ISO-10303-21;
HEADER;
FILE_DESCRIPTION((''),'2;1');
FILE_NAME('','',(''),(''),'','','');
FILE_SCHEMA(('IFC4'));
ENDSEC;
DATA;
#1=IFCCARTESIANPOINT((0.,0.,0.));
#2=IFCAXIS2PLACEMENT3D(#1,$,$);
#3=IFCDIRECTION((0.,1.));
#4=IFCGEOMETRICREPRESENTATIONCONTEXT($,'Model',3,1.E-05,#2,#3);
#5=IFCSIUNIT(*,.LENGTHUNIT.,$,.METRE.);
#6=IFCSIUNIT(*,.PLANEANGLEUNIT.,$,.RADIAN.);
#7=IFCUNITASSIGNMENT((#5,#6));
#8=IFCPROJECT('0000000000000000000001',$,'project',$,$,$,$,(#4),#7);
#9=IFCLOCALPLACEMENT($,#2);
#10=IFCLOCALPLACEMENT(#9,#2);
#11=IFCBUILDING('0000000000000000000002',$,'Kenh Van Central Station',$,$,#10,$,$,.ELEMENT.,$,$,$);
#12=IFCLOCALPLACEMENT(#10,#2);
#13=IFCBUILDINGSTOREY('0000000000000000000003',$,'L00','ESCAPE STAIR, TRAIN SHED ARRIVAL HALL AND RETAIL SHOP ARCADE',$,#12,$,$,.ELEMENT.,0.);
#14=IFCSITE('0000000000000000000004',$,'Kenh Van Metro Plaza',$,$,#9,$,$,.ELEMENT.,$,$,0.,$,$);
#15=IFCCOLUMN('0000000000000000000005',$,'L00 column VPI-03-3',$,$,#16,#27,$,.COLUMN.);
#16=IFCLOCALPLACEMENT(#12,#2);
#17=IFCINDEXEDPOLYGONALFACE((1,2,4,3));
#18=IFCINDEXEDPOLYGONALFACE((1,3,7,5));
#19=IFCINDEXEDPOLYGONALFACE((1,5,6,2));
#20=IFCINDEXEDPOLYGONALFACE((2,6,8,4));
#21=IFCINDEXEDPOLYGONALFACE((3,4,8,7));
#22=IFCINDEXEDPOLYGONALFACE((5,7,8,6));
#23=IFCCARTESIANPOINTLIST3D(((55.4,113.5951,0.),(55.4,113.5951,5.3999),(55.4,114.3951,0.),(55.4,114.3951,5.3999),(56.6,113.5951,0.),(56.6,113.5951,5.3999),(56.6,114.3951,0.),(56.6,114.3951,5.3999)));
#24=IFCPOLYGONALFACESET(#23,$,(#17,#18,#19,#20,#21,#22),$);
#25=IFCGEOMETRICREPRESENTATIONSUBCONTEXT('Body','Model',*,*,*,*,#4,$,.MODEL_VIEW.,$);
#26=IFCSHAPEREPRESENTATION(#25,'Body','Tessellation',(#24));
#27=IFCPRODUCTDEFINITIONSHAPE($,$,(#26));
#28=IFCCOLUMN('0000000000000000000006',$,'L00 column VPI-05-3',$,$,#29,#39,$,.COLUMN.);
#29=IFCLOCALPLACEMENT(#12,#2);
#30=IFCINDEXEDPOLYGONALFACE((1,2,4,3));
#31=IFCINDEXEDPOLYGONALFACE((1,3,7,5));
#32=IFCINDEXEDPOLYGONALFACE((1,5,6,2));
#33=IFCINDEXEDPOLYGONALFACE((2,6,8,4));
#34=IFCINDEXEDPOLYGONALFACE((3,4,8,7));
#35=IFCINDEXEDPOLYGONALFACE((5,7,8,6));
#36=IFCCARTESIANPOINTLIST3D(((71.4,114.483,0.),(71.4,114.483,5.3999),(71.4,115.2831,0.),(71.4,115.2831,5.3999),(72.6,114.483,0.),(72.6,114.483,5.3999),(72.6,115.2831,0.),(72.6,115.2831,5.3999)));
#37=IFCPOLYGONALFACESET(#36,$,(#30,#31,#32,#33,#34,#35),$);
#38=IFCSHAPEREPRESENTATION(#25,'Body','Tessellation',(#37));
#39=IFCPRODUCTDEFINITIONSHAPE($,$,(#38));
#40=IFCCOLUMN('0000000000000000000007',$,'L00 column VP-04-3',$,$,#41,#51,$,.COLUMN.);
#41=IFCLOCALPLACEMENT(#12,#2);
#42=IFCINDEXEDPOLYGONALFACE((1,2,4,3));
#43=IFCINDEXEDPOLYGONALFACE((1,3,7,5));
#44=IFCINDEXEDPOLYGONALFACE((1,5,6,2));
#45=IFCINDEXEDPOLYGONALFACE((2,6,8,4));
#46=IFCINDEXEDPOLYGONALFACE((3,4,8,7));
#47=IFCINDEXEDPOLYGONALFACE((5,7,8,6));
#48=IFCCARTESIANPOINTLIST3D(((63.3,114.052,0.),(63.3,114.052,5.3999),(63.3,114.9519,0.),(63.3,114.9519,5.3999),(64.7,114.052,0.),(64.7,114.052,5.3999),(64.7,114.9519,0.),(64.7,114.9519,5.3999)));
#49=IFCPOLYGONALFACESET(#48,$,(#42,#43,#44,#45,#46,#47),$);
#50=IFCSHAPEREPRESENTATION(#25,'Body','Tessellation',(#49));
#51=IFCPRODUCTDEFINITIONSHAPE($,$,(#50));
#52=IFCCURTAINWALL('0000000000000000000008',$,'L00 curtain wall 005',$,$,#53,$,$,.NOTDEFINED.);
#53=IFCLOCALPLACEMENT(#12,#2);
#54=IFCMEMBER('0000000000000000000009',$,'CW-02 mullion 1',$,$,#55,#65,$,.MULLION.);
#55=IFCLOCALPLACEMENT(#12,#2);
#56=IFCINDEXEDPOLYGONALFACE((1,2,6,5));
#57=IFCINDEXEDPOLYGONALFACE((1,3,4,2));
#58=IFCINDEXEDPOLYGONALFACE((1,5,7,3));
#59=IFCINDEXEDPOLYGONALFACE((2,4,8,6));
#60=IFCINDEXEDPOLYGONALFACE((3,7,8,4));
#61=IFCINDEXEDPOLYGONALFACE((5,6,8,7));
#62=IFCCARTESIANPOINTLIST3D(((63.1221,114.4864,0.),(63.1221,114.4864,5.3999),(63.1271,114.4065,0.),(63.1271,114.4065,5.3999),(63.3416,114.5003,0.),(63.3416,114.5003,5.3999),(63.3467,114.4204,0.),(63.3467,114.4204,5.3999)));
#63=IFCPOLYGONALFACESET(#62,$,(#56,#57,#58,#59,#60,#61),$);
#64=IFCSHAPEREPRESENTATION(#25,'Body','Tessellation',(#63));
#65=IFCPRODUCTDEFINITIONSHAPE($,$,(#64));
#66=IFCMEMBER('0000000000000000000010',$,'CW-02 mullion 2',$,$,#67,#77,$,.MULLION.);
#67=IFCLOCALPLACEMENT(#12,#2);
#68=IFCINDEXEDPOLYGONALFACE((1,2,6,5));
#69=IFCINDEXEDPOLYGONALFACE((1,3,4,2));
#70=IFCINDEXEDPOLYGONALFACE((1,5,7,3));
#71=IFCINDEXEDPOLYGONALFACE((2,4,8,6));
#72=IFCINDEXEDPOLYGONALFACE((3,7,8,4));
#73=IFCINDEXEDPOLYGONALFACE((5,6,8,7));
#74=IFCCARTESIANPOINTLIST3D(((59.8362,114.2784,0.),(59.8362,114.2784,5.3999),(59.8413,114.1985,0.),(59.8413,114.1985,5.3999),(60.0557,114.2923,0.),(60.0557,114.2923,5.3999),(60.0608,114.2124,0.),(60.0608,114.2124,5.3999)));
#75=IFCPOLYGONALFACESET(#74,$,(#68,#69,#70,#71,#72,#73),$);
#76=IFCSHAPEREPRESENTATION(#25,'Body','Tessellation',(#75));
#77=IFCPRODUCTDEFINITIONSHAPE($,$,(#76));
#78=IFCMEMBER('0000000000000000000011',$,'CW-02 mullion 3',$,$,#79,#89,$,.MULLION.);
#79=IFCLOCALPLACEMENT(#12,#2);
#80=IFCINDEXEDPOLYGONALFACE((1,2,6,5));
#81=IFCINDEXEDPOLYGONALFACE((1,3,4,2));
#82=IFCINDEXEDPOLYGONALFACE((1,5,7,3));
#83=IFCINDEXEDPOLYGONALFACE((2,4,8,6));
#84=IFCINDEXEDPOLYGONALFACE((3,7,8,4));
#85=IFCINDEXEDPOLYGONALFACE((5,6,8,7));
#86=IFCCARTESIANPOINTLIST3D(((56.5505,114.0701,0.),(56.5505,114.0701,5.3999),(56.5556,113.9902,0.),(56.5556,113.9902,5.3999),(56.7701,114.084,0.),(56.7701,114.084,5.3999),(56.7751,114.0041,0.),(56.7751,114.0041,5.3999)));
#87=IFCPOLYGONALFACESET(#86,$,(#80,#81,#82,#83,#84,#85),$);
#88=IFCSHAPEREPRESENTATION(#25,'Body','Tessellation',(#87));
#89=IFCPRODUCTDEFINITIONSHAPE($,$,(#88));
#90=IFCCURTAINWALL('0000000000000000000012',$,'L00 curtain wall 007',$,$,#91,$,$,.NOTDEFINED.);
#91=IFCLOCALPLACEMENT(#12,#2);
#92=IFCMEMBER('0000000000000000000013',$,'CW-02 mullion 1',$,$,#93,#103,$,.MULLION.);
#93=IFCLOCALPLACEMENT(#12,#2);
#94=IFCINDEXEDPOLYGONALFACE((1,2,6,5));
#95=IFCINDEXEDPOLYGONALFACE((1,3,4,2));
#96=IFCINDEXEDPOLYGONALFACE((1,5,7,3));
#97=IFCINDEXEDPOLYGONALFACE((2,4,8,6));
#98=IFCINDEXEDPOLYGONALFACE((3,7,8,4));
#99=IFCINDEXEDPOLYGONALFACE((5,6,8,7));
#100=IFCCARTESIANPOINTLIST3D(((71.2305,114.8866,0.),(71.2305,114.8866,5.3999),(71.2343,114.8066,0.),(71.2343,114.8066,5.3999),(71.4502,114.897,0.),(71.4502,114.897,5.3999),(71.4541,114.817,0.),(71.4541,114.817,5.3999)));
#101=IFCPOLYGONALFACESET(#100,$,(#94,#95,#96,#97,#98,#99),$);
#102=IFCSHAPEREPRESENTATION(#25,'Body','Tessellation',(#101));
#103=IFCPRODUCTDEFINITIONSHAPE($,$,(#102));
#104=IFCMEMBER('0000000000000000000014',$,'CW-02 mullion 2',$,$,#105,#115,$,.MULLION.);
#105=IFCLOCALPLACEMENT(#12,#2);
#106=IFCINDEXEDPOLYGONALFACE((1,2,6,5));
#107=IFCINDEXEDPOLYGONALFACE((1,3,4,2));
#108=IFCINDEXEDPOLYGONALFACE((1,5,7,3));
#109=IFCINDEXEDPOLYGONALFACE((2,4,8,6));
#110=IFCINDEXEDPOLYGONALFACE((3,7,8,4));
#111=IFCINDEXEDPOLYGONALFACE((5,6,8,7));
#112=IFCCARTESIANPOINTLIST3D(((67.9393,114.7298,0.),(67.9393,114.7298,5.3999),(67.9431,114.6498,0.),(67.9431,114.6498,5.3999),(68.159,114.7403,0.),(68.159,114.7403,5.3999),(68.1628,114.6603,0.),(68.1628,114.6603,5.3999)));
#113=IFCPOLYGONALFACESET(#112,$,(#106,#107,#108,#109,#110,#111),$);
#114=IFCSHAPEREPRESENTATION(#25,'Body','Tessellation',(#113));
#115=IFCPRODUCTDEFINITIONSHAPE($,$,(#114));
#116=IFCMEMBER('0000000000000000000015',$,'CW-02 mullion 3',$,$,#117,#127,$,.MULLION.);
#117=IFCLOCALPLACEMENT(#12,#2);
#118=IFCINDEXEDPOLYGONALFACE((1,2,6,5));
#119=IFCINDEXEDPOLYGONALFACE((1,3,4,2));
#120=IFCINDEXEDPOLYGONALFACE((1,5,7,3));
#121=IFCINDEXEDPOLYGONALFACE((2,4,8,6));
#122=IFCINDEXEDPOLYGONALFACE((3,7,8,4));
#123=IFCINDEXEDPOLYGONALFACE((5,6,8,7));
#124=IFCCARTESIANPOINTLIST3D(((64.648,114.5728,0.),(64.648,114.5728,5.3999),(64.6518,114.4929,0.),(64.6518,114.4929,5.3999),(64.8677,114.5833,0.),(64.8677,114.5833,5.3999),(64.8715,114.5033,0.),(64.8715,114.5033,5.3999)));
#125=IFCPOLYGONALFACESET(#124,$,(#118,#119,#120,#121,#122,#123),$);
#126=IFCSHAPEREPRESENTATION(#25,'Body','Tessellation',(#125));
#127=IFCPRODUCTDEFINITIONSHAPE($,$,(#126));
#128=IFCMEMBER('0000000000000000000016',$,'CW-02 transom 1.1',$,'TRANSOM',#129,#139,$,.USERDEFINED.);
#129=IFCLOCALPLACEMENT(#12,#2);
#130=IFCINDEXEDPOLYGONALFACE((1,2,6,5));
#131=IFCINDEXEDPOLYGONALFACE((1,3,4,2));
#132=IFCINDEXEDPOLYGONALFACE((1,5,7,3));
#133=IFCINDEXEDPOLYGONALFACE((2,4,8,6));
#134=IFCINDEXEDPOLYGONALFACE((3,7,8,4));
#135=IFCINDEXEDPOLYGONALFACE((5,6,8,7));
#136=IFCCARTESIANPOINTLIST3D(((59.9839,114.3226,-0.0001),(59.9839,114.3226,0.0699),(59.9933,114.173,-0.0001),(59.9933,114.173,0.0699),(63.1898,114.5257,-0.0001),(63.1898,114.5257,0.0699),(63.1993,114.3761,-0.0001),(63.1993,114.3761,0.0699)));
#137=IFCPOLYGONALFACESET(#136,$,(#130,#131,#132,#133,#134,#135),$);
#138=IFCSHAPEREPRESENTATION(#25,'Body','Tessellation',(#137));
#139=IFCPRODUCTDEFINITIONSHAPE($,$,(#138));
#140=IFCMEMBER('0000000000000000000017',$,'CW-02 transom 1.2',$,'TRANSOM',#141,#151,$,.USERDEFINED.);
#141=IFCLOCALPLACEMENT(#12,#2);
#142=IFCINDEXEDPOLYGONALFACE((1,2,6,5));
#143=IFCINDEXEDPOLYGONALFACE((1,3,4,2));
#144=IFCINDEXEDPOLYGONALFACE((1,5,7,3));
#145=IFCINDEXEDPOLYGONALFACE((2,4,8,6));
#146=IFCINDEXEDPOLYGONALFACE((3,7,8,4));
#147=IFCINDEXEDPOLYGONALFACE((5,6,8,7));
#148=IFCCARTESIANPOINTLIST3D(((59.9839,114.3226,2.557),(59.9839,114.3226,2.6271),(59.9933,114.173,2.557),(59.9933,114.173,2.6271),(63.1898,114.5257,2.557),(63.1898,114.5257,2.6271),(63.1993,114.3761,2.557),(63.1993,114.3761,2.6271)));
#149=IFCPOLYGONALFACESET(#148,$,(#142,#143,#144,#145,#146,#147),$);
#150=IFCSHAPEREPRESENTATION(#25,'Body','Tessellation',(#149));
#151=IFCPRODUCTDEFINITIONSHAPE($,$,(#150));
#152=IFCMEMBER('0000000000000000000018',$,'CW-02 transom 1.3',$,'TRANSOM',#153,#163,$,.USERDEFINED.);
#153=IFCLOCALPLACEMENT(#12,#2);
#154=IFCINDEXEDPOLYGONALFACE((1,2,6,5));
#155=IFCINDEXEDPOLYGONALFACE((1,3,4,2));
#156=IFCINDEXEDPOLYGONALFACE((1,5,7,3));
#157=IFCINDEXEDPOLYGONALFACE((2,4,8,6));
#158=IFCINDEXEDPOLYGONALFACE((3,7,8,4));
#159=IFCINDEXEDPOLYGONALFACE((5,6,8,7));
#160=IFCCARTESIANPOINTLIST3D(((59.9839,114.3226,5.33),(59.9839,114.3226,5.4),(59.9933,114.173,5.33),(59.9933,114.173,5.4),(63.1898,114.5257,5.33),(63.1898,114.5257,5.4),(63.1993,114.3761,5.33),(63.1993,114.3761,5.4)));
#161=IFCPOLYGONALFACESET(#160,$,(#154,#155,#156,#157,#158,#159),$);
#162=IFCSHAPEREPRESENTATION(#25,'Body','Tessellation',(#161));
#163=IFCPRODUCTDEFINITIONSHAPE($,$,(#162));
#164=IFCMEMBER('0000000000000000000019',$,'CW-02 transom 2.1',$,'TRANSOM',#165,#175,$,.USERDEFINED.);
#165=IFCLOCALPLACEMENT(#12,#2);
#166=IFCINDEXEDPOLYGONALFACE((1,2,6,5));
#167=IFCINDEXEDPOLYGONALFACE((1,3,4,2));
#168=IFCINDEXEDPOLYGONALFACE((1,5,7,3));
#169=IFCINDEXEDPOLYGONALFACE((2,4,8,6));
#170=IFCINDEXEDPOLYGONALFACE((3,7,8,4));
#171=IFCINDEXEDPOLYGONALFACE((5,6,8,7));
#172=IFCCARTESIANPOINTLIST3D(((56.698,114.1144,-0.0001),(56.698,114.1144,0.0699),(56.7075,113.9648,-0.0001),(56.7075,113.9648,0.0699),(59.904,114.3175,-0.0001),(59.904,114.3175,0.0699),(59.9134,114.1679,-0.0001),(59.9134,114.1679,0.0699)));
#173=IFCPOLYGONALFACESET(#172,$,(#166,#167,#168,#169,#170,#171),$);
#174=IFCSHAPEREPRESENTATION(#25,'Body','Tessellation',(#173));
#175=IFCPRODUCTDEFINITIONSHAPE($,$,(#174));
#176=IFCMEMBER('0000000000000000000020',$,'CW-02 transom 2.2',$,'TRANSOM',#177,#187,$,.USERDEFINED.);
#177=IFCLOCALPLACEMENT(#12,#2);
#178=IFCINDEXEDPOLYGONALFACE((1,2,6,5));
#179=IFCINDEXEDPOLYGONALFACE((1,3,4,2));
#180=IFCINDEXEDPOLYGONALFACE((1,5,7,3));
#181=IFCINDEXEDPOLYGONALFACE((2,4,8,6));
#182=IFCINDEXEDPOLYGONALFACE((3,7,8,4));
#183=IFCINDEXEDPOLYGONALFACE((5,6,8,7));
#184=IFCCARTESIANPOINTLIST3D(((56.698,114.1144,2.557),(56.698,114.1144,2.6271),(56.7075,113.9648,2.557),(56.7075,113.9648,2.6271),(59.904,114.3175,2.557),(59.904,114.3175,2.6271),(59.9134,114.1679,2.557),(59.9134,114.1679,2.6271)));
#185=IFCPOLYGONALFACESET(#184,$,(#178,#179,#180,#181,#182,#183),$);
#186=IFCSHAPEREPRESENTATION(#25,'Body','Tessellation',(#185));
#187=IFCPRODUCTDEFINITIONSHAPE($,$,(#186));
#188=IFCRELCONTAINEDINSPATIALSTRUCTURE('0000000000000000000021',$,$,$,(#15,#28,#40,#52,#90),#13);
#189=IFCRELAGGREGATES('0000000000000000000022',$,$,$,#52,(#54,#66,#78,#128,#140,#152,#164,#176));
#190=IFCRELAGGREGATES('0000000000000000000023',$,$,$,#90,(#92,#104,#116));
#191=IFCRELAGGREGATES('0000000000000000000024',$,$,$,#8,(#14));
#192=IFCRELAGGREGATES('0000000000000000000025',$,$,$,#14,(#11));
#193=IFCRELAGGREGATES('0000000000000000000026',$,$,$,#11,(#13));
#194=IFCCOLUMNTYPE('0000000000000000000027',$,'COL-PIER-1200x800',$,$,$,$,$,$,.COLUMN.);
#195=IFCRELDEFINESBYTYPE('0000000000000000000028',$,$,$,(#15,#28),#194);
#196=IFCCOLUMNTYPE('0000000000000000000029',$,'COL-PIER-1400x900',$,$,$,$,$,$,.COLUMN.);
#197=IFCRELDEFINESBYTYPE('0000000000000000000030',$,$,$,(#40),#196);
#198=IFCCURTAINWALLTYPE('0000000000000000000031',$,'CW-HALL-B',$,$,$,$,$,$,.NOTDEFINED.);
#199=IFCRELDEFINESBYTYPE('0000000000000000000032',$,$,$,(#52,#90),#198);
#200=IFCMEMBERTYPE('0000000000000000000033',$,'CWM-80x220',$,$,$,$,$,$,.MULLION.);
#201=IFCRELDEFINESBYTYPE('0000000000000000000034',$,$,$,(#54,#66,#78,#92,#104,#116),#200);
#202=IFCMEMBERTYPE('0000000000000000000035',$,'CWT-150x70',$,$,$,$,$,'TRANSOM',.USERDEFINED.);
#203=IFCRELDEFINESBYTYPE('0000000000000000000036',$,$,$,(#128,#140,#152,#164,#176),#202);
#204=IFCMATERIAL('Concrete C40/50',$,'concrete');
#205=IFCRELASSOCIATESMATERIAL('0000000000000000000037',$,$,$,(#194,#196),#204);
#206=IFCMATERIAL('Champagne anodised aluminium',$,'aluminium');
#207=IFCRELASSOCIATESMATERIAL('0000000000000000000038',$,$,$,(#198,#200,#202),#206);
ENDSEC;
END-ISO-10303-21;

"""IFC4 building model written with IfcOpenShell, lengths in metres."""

from ifc_helpers import new_model, si_unit, direction, frame, origin, origin_2d, place, context, subcontext, project, spatial, rectangle, extrude, material, material_profile, profile_set, type_object, element, aggregate, save


model = new_model("IFC4")

# Units and contexts
model_context = context("Model", 3, precision=1e-05, world=origin(), true_north=direction((0.0, 1.0)))
body_context = subcontext(model_context, "Body", "Model", "MODEL_VIEW")
ifc_project = project(units=[si_unit("LENGTHUNIT", "METRE"), si_unit("PLANEANGLEUNIT", "RADIAN")], contexts=[model_context])

# Site, building, storey
site_placement = place(None, origin())
site = spatial("IfcSite", under=ifc_project, at=site_placement, Name="Kenh Van Metro Plaza", CompositionType="ELEMENT", RefElevation=0.0)
building_placement = place(site_placement, origin())
building = spatial("IfcBuilding", under=site, at=building_placement, Name="Kenh Van Central Station", CompositionType="ELEMENT")
storey_placement = place(building_placement, origin())
storey = spatial("IfcBuildingStorey", under=building, at=storey_placement, Name="L00", Description="ESCAPE STAIR, TRAIN SHED ARRIVAL HALL AND RETAIL SHOP ARCADE", CompositionType="ELEMENT", Elevation=0.0)

# Columns
ifc_material_1 = material(Name="Concrete C40/50", Category="concrete")
ifc_material_profile_1 = material_profile(ifc_material_1, rectangle(XDim=1.2, YDim=0.8, at=origin_2d()), Name="RC 1200x800")
ifc_profile_set_1 = profile_set([ifc_material_profile_1], Name="Concrete C40/50")
column_type_1 = type_object("IfcColumnType", Name="COL-PIER-1200x800", PredefinedType="COLUMN", material=ifc_profile_set_1)
for number, where, z_axis, x_axis, name in (
    (1, (56.0, 113.9951, 0.0), (0.0, 0.0, 1.0), (1.0, 0.0, 0.0), "L00 column VPI-03-3"),
    (2, (72.0, 114.8831, 0.0), (0.0, 0.0, 1.0), (1.0, 0.0, 0.0), "L00 column VPI-05-3"),
):
    element("IfcColumn", number, at=place(storey_placement, frame(where, z_axis=z_axis, x_axis=x_axis)), inside=storey, type_object=column_type_1, Name=name, PredefinedType="COLUMN", context=body_context, shape_type="SweptSolid", body=[
        extrude(rectangle(XDim=1.2, YDim=0.8, at=origin_2d()), origin(), (0.0, 0.0, 1.0), 5.3999),
    ])
ifc_material_profile_2 = material_profile(ifc_material_1, rectangle(XDim=1.3999, YDim=0.8999, at=origin_2d()), Name="RC 1400x900")
ifc_profile_set_2 = profile_set([ifc_material_profile_2], Name="Concrete C40/50")
column_type_2 = type_object("IfcColumnType", Name="COL-PIER-1400x900", PredefinedType="COLUMN", material=ifc_profile_set_2)
column_placement = place(storey_placement, frame((64.0, 114.502, 0.0), z_axis=(0.0, 0.0, 1.0), x_axis=(1.0, 0.0, 0.0)))
element("IfcColumn", 3, at=column_placement, inside=storey, type_object=column_type_2, Name="L00 column VP-04-3", PredefinedType="COLUMN", context=body_context, shape_type="SweptSolid", body=[
    extrude(rectangle(XDim=1.3999, YDim=0.8999, at=origin_2d()), origin(), (0.0, 0.0, 1.0), 5.3999),
])

# Curtain walls, members
ifc_material_2 = material(Name="Champagne anodised aluminium", Category="aluminium")
curtain_wall_type = type_object("IfcCurtainWallType", Name="CW-HALL-B", PredefinedType="NOTDEFINED", material=ifc_material_2)
curtain_wall_1_placement = place(storey_placement, origin())
curtain_wall_1 = element("IfcCurtainWall", 4, at=curtain_wall_1_placement, inside=storey, type_object=curtain_wall_type, Name="L00 curtain wall 005", PredefinedType="NOTDEFINED")
ifc_material_profile_3 = material_profile(ifc_material_2, rectangle(XDim=0.0801, YDim=0.22, at=origin_2d()), Name="AL 80x220")
ifc_profile_set_3 = profile_set([ifc_material_profile_3], Name="Champagne anodised aluminium")
member_type_1 = type_object("IfcMemberType", Name="CWM-80x220", PredefinedType="MULLION", material=ifc_profile_set_3)
member_1_placement = place(storey_placement, frame((63.2344, 114.4534, 0.0), z_axis=(0.0, 0.0, 1.0), x_axis=(0.063211, -0.998, 0.0)))
member_1 = element("IfcMember", 5, at=member_1_placement, type_object=member_type_1, Name="CW-02 mullion 1", PredefinedType="MULLION", context=body_context, shape_type="SweptSolid", body=[
    extrude(rectangle(XDim=0.0801, YDim=0.22, at=origin_2d()), origin(), (0.0, 0.0, 1.0), 5.3999),
])
member_2_placement = place(storey_placement, frame((59.9485, 114.2454, 0.0), z_axis=(0.0, 0.0, 1.0), x_axis=(0.063211, -0.998, 0.0)))
member_2 = element("IfcMember", 6, at=member_2_placement, type_object=member_type_1, Name="CW-02 mullion 2", PredefinedType="MULLION", context=body_context, shape_type="SweptSolid", body=[
    extrude(rectangle(XDim=0.0801, YDim=0.22, at=origin_2d()), origin(), (0.0, 0.0, 1.0), 5.3999),
])
member_3_placement = place(storey_placement, frame((56.6628, 114.0371, 0.0), z_axis=(0.0, 0.0, 1.0), x_axis=(0.063211, -0.998, 0.0)))
member_3 = element("IfcMember", 7, at=member_3_placement, type_object=member_type_1, Name="CW-02 mullion 3", PredefinedType="MULLION", context=body_context, shape_type="SweptSolid", body=[
    extrude(rectangle(XDim=0.0801, YDim=0.22, at=origin_2d()), origin(), (0.0, 0.0, 1.0), 5.3999),
])
curtain_wall_2_placement = place(storey_placement, origin())
curtain_wall_2 = element("IfcCurtainWall", 8, at=curtain_wall_2_placement, inside=storey, type_object=curtain_wall_type, Name="L00 curtain wall 007", PredefinedType="NOTDEFINED")
member_4_placement = place(storey_placement, frame((71.3423, 114.8518, 0.0), z_axis=(0.0, 0.0, 1.0), x_axis=(0.047601, -0.998866, 0.0)))
member_4 = element("IfcMember", 9, at=member_4_placement, type_object=member_type_1, Name="CW-02 mullion 1", PredefinedType="MULLION", context=body_context, shape_type="SweptSolid", body=[
    extrude(rectangle(XDim=0.0801, YDim=0.22, at=origin_2d()), origin(), (0.0, 0.0, 1.0), 5.3999),
])
member_5_placement = place(storey_placement, frame((68.051, 114.6951, 0.0), z_axis=(0.0, 0.0, 1.0), x_axis=(0.047601, -0.998866, 0.0)))
member_5 = element("IfcMember", 10, at=member_5_placement, type_object=member_type_1, Name="CW-02 mullion 2", PredefinedType="MULLION", context=body_context, shape_type="SweptSolid", body=[
    extrude(rectangle(XDim=0.0801, YDim=0.22, at=origin_2d()), origin(), (0.0, 0.0, 1.0), 5.3999),
])
member_6_placement = place(storey_placement, frame((64.7598, 114.5381, 0.0), z_axis=(0.0, 0.0, 1.0), x_axis=(0.047601, -0.998866, 0.0)))
member_6 = element("IfcMember", 11, at=member_6_placement, type_object=member_type_1, Name="CW-02 mullion 3", PredefinedType="MULLION", context=body_context, shape_type="SweptSolid", body=[
    extrude(rectangle(XDim=0.0801, YDim=0.22, at=origin_2d()), origin(), (0.0, 0.0, 1.0), 5.3999),
])

# Members
ifc_material_profile_4 = material_profile(ifc_material_2, rectangle(XDim=0.1499, YDim=0.0701, at=origin_2d()), Name="AL 150x70")
ifc_profile_set_4 = profile_set([ifc_material_profile_4], Name="Champagne anodised aluminium")
member_type_2 = type_object("IfcMemberType", Name="CWT-150x70", ElementType="TRANSOM", PredefinedType="USERDEFINED", material=ifc_profile_set_4)
member_7_placement = place(storey_placement, frame((63.1946, 114.4509, 0.0349), z_axis=(-0.997999, -0.06323, 0.0), x_axis=(0.06323, -0.997999, 0.0)))
member_7 = element("IfcMember", 12, at=member_7_placement, type_object=member_type_2, Name="CW-02 transom 1.1", ObjectType="TRANSOM", PredefinedType="USERDEFINED", context=body_context, shape_type="SweptSolid", body=[
    extrude(rectangle(XDim=0.1499, YDim=0.0701, at=origin_2d()), origin(), (0.0, 0.0, 1.0), 3.2124),
])
member_8_placement = place(storey_placement, frame((63.1946, 114.4509, 2.592), z_axis=(-0.997999, -0.06323, 0.0), x_axis=(0.06323, -0.997999, 0.0)))
member_8 = element("IfcMember", 13, at=member_8_placement, type_object=member_type_2, Name="CW-02 transom 1.2", ObjectType="TRANSOM", PredefinedType="USERDEFINED", context=body_context, shape_type="SweptSolid", body=[
    extrude(rectangle(XDim=0.1499, YDim=0.0701, at=origin_2d()), origin(), (0.0, 0.0, 1.0), 3.2124),
])
member_9_placement = place(storey_placement, frame((63.1946, 114.4509, 5.365), z_axis=(-0.997999, -0.06323, 0.0), x_axis=(0.06323, -0.997999, 0.0)))
member_9 = element("IfcMember", 14, at=member_9_placement, type_object=member_type_2, Name="CW-02 transom 1.3", ObjectType="TRANSOM", PredefinedType="USERDEFINED", context=body_context, shape_type="SweptSolid", body=[
    extrude(rectangle(XDim=0.1499, YDim=0.0701, at=origin_2d()), origin(), (0.0, 0.0, 1.0), 3.2124),
])
member_10_placement = place(storey_placement, frame((59.9087, 114.2427, 0.0349), z_axis=(-0.997999, -0.06323, 0.0), x_axis=(0.06323, -0.997999, 0.0)))
member_10 = element("IfcMember", 15, at=member_10_placement, type_object=member_type_2, Name="CW-02 transom 2.1", ObjectType="TRANSOM", PredefinedType="USERDEFINED", context=body_context, shape_type="SweptSolid", body=[
    extrude(rectangle(XDim=0.1499, YDim=0.0701, at=origin_2d()), origin(), (0.0, 0.0, 1.0), 3.2124),
])
member_11_placement = place(storey_placement, frame((59.9087, 114.2427, 2.592), z_axis=(-0.997999, -0.06323, 0.0), x_axis=(0.06323, -0.997999, 0.0)))
member_11 = element("IfcMember", 16, at=member_11_placement, type_object=member_type_2, Name="CW-02 transom 2.2", ObjectType="TRANSOM", PredefinedType="USERDEFINED", context=body_context, shape_type="SweptSolid", body=[
    extrude(rectangle(XDim=0.1499, YDim=0.0701, at=origin_2d()), origin(), (0.0, 0.0, 1.0), 3.2124),
])

aggregate(curtain_wall_1, [member_1, member_2, member_3, member_7, member_8, member_9, member_10, member_11])
aggregate(curtain_wall_2, [member_4, member_5, member_6])

save(model, "model.ifc")
